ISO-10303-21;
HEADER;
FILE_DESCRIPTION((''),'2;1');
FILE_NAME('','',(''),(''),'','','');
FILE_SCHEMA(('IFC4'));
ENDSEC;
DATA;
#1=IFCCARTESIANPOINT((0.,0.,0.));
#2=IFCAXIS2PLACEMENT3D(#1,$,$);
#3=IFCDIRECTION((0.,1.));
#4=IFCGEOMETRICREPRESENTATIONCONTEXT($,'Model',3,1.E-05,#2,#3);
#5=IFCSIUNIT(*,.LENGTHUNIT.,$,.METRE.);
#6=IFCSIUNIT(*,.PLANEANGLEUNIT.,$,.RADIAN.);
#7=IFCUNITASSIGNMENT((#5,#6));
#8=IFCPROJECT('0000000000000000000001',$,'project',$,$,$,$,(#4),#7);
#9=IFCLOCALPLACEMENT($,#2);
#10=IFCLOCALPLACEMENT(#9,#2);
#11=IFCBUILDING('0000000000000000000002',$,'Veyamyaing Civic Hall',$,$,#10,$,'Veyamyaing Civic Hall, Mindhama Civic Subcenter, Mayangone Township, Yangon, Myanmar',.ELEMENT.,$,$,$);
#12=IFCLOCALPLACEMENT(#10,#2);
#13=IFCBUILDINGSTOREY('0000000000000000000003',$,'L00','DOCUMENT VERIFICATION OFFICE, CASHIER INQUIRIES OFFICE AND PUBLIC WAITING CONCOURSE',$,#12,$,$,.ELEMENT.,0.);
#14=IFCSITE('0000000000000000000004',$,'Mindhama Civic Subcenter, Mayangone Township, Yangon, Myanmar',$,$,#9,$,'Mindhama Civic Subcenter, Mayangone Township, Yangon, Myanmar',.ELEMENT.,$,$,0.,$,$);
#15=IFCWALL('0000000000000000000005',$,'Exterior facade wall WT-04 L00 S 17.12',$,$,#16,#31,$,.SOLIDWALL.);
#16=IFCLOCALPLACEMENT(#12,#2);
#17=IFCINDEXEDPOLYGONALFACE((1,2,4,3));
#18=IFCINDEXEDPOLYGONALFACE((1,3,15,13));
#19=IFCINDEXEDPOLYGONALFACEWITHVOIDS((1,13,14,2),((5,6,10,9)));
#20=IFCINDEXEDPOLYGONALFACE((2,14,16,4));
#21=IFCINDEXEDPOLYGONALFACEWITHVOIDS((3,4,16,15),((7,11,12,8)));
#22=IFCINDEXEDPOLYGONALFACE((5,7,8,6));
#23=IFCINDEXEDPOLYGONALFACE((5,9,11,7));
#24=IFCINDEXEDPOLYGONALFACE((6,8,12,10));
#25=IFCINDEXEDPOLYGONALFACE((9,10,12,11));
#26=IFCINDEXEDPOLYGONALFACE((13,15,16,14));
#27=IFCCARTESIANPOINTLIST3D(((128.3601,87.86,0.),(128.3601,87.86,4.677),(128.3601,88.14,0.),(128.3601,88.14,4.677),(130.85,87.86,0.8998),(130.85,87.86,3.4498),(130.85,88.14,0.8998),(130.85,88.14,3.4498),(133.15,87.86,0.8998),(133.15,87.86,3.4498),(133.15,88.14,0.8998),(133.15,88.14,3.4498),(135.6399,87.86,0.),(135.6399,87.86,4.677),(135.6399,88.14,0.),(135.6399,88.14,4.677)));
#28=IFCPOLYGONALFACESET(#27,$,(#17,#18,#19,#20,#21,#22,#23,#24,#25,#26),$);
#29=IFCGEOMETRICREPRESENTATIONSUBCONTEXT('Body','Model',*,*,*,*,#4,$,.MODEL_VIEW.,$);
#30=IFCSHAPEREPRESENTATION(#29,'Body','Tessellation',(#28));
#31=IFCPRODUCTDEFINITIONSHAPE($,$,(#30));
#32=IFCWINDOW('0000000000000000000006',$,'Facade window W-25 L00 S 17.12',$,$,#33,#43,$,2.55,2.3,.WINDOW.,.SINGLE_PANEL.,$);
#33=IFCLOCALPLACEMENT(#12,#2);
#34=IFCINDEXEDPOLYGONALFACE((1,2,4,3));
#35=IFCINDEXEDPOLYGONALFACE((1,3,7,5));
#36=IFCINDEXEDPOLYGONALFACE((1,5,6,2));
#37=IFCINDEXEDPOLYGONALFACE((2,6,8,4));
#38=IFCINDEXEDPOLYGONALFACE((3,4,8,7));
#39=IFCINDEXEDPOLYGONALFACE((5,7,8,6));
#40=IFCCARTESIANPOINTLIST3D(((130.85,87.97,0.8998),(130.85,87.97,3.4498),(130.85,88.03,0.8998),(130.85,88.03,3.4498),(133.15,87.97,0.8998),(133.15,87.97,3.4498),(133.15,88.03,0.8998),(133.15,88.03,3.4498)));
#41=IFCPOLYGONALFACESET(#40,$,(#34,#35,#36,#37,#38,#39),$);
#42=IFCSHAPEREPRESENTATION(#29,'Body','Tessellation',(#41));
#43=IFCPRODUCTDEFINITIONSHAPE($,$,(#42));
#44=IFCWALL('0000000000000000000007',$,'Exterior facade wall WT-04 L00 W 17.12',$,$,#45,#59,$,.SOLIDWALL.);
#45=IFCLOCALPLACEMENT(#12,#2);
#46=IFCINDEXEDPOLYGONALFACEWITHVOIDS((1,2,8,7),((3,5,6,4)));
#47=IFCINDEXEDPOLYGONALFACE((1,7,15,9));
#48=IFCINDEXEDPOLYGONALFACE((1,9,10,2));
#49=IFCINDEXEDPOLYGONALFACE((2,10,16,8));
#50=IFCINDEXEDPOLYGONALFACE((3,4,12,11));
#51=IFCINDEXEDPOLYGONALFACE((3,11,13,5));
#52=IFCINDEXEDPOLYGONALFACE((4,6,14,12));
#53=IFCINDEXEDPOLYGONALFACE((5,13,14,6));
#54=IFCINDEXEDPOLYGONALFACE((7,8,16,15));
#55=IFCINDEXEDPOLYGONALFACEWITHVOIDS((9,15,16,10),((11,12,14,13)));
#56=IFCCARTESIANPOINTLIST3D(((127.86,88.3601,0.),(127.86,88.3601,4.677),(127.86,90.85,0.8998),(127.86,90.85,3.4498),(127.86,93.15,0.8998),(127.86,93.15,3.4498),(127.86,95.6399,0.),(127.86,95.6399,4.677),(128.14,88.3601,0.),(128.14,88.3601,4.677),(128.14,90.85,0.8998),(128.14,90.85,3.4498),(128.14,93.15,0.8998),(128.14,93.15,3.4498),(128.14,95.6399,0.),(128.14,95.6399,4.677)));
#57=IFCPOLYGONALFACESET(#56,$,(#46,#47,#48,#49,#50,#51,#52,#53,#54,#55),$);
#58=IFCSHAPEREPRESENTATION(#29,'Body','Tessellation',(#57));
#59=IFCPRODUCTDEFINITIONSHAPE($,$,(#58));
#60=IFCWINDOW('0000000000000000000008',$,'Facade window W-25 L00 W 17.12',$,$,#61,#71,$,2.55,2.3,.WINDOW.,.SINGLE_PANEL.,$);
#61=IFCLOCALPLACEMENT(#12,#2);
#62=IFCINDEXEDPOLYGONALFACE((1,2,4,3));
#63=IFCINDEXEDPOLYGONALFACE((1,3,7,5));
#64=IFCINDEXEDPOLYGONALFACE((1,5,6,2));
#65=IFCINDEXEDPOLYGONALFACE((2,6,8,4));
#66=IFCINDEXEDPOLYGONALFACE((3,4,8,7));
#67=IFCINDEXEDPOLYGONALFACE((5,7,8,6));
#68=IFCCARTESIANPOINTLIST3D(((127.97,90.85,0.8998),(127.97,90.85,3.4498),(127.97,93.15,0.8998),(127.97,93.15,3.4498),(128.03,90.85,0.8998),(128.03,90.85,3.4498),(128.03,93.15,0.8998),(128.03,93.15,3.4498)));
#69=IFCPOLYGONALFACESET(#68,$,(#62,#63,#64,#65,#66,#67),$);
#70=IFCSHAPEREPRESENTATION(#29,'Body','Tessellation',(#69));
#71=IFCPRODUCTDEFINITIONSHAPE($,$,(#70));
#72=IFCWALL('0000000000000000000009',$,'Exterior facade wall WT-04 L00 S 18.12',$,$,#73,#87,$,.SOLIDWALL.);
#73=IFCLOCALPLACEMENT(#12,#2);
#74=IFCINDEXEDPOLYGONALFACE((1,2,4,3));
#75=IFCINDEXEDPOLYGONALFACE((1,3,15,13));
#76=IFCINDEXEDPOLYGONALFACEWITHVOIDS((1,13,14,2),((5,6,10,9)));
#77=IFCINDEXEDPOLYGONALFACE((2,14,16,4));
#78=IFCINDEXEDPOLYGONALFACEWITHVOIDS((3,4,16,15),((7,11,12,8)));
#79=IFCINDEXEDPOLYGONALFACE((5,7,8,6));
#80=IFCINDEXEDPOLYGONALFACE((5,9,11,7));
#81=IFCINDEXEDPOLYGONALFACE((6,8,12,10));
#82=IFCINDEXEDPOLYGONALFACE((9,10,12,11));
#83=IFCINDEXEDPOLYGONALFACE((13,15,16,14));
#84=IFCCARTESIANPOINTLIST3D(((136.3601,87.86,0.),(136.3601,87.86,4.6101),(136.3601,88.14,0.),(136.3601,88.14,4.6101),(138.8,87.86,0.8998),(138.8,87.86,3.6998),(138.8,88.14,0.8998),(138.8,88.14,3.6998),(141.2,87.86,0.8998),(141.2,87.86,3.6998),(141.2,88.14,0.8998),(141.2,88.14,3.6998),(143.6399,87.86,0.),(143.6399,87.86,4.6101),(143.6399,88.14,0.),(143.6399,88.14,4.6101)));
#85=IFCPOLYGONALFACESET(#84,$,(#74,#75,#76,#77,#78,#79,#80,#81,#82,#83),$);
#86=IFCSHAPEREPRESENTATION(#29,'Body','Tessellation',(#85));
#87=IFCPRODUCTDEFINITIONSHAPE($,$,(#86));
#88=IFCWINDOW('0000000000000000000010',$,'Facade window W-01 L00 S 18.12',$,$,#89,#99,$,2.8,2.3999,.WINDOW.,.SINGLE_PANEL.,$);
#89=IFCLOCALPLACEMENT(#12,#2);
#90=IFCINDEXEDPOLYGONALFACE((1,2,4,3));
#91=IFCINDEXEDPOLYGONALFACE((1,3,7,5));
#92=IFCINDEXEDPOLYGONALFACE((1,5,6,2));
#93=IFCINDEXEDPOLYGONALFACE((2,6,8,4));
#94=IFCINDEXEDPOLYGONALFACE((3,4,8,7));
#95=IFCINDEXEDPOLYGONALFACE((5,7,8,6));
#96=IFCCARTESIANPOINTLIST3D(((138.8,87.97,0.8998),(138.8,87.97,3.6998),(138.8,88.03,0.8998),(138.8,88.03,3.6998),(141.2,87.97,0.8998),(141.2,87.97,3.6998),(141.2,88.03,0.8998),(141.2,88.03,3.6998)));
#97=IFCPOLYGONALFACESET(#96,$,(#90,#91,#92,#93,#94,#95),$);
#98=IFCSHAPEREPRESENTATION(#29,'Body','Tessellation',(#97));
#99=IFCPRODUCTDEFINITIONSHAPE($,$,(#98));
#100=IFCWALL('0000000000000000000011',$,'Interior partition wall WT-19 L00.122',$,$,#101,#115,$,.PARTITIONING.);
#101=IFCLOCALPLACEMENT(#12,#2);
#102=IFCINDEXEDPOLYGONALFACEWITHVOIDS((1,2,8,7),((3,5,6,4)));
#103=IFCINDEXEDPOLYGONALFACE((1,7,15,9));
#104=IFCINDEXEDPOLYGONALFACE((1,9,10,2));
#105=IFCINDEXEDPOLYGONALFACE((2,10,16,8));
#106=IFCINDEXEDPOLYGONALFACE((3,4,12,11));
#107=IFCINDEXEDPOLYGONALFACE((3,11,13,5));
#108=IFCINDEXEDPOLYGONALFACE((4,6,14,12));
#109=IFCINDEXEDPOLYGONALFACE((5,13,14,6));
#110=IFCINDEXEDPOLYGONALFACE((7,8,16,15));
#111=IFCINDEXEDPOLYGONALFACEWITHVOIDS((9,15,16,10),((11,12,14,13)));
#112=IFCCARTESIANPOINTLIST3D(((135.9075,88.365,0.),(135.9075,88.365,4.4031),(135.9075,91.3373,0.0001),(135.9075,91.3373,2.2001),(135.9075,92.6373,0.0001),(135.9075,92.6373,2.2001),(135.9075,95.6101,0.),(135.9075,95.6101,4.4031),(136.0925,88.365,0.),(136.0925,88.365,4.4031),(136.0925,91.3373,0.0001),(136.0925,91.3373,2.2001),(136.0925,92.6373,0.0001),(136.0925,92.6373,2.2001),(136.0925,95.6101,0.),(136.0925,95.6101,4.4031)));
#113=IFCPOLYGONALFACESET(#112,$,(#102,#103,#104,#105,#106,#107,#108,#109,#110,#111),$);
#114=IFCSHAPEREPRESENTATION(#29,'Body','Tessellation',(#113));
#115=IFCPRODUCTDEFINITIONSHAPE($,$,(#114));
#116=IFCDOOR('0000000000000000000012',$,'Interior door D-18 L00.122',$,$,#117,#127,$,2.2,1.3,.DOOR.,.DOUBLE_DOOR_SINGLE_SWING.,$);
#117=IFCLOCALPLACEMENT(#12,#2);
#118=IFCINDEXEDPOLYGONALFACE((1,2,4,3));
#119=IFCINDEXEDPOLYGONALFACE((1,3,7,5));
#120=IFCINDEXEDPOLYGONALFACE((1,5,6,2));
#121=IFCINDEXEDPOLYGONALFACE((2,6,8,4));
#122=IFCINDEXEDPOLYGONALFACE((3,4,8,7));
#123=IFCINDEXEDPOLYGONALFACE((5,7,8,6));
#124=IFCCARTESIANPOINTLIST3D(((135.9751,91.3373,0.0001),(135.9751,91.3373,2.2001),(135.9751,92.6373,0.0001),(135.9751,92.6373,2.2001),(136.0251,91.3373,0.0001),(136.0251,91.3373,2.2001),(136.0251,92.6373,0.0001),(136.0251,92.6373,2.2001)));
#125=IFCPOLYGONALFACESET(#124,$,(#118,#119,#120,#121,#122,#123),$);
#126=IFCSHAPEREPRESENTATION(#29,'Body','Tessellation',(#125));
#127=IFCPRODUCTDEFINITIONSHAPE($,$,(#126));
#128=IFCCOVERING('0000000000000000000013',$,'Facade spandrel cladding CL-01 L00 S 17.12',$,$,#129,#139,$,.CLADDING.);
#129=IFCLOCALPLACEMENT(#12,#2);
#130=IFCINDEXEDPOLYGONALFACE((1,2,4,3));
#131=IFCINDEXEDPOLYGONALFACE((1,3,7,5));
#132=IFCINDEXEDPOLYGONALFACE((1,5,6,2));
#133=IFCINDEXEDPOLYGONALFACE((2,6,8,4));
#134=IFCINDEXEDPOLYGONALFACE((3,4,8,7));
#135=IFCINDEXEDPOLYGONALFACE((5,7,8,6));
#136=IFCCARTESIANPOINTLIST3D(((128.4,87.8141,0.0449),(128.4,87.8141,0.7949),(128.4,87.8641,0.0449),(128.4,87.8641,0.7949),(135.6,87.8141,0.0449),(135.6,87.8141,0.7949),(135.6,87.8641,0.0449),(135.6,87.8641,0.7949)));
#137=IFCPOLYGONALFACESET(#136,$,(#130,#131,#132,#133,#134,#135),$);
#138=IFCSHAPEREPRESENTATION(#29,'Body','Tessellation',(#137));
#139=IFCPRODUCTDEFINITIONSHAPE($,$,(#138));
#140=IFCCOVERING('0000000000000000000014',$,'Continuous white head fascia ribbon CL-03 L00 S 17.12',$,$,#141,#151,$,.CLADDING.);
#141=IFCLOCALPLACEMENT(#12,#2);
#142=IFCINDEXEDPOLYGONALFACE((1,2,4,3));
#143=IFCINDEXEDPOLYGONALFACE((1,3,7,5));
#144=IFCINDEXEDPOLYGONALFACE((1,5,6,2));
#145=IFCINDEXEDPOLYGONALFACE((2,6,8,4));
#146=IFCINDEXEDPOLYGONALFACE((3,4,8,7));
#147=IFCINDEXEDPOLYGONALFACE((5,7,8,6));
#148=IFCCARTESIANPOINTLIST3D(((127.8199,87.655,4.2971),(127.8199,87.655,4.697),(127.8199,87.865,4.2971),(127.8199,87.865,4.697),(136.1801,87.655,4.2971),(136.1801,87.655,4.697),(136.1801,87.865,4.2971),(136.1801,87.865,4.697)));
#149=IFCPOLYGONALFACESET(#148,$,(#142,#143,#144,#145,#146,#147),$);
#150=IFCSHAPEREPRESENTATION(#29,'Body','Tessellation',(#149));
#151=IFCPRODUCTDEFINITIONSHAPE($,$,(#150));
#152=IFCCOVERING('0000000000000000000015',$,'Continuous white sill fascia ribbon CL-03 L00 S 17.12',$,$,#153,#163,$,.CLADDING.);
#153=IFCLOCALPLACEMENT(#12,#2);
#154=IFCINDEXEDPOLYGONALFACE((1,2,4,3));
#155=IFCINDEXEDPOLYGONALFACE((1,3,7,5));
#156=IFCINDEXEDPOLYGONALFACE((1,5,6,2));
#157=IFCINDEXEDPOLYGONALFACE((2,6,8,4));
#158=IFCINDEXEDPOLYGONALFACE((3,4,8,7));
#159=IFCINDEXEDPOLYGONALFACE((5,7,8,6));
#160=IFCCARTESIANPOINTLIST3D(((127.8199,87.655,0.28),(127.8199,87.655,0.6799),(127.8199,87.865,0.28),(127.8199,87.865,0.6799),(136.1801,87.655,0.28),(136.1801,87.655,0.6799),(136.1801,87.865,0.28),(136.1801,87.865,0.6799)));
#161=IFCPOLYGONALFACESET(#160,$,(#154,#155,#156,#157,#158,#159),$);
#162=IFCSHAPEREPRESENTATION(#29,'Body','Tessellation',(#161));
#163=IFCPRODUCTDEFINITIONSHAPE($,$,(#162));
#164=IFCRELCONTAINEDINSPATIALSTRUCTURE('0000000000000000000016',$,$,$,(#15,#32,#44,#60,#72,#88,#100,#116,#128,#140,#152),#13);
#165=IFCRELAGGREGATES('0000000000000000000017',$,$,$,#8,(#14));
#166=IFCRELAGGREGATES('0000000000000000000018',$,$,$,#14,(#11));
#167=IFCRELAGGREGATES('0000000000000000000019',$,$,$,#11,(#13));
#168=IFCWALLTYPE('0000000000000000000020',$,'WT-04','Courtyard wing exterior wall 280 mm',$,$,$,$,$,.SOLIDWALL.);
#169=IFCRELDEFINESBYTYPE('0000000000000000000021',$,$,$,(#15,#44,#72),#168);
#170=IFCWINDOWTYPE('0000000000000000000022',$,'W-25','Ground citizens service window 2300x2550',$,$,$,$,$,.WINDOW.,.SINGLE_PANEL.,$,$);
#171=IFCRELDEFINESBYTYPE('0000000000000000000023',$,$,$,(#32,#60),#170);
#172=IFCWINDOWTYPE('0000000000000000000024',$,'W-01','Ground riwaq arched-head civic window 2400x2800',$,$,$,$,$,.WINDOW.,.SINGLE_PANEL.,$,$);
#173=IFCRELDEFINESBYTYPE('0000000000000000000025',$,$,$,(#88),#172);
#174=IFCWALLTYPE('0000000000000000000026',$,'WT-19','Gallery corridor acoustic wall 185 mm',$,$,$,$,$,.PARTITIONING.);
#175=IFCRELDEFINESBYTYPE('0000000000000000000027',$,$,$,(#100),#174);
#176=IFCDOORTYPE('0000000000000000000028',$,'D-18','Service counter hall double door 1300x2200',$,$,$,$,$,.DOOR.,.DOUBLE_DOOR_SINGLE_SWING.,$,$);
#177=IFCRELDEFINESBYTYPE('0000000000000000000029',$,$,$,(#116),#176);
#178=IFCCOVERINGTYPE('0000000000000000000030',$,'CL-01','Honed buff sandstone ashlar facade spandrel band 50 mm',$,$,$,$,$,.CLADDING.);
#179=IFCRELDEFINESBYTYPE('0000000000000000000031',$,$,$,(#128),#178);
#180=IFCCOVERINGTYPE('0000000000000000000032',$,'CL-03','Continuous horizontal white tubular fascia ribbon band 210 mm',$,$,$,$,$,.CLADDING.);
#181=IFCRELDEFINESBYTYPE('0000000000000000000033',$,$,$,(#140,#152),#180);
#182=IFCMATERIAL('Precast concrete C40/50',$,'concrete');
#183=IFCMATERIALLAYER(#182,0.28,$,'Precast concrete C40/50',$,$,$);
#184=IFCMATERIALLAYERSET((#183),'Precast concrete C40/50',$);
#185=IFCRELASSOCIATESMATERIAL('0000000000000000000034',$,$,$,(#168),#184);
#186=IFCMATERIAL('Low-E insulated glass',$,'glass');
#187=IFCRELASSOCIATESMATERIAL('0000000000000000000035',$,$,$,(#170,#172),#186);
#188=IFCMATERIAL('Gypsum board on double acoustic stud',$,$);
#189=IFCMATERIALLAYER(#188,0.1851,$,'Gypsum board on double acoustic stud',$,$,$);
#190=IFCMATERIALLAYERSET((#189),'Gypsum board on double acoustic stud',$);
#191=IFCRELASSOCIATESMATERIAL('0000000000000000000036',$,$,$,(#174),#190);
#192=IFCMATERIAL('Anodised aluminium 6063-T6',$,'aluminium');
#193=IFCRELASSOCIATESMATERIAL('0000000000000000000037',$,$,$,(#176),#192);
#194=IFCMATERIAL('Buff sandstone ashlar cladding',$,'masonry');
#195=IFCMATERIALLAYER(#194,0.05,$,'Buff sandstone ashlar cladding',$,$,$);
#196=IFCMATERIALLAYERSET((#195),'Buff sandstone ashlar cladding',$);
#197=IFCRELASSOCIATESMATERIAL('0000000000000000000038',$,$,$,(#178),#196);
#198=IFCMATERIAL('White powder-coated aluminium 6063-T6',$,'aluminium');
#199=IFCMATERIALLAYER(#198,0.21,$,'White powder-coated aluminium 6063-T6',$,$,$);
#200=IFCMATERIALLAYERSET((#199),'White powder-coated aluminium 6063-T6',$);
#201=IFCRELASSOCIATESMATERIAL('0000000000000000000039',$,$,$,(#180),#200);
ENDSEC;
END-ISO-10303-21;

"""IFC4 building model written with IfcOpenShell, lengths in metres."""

from ifc_helpers import new_model, si_unit, direction, frame, frame_2d, origin, origin_2d, place, context, subcontext, project, spatial, rectangle, extrude, material, layer, layer_set, type_object, element, fill, save


model = new_model("IFC4")

# Units and contexts
model_context = context("Model", 3, precision=1e-05, world=origin(), true_north=direction((0.0, 1.0)))
body_context = subcontext(model_context, "Body", "Model", "MODEL_VIEW")
ifc_project = project(units=[si_unit("LENGTHUNIT", "METRE"), si_unit("PLANEANGLEUNIT", "RADIAN")], contexts=[model_context])

# Site, building, storey
site_placement = place(None, origin())
site = spatial("IfcSite", under=ifc_project, at=site_placement, Name="Mindhama Civic Subcenter, Mayangone Township, Yangon, Myanmar", LongName="Mindhama Civic Subcenter, Mayangone Township, Yangon, Myanmar", CompositionType="ELEMENT", RefElevation=0.0)
building_placement = place(site_placement, origin())
building = spatial("IfcBuilding", under=site, at=building_placement, Name="Veyamyaing Civic Hall", LongName="Veyamyaing Civic Hall, Mindhama Civic Subcenter, Mayangone Township, Yangon, Myanmar", CompositionType="ELEMENT")
storey_placement = place(building_placement, origin())
storey = spatial("IfcBuildingStorey", under=building, at=storey_placement, Name="L00", Description="DOCUMENT VERIFICATION OFFICE, CASHIER INQUIRIES OFFICE AND PUBLIC WAITING CONCOURSE", CompositionType="ELEMENT", Elevation=0.0)

# Walls, openings, windows
ifc_material_1 = material(Name="Precast concrete C40/50", Category="concrete")
ifc_layer_1 = layer(ifc_material_1, 0.28, Name="Precast concrete C40/50")
ifc_layer_set_1 = layer_set([ifc_layer_1], Name="Precast concrete C40/50")
wall_type_1 = type_object("IfcWallType", Name="WT-04", Description="Courtyard wing exterior wall 280 mm", PredefinedType="SOLIDWALL", material=ifc_layer_set_1)
wall_1_placement = place(storey_placement, frame((128.3601, 88.0, 0.0), z_axis=(0.0, 0.0, 1.0), x_axis=(1.0, 0.0, 0.0)))
wall_1 = element("IfcWall", 1, at=wall_1_placement, inside=storey, type_object=wall_type_1, Name="Exterior facade wall WT-04 L00 S 17.12", PredefinedType="SOLIDWALL", context=body_context, shape_type="SweptSolid", body=[
    extrude(rectangle(XDim=7.2798, YDim=0.28, at=frame_2d((3.6399, 0.0))), origin(), (0.0, 0.0, 1.0), 4.677),
])
opening_1_placement = place(wall_1_placement, frame((2.49, 0.0, 0.8999)))
opening_1 = element("IfcOpeningElement", 2, at=opening_1_placement, cuts=wall_1, PredefinedType="OPENING", context=body_context, shape_type="SweptSolid", body=[
    extrude(rectangle(XDim=2.3, YDim=2.55, at=frame_2d((1.1499, 1.2749))), frame((0.0, 0.1499, 0.0), z_axis=(0.0, -1.0, 0.0), x_axis=(1.0, 0.0, 0.0)), (0.0, 0.0, 1.0), 0.3),
])
ifc_material_2 = material(Name="Low-E insulated glass", Category="glass")
window_type_1 = type_object("IfcWindowType", Name="W-25", Description="Ground citizens service window 2300x2550", PartitioningType="SINGLE_PANEL", PredefinedType="WINDOW", material=ifc_material_2)
window_1_placement = place(opening_1_placement, origin())
window_1 = element("IfcWindow", 3, at=window_1_placement, inside=storey, type_object=window_type_1, Name="Facade window W-25 L00 S 17.12", OverallHeight=2.55, OverallWidth=2.3, PartitioningType="SINGLE_PANEL", PredefinedType="WINDOW", context=body_context, shape_type="SweptSolid", body=[
    extrude(rectangle(XDim=2.3, YDim=2.55, at=frame_2d((1.1499, 1.2749))), frame((0.0, 0.03, 0.0), z_axis=(0.0, -1.0, 0.0), x_axis=(1.0, 0.0, 0.0)), (0.0, 0.0, 1.0), 0.0601),
])
fill(opening_1, window_1)
wall_2_placement = place(storey_placement, frame((128.0, 88.3601, 0.0), z_axis=(0.0, 0.0, 1.0), x_axis=(0.0, 1.0, 0.0)))
wall_2 = element("IfcWall", 4, at=wall_2_placement, inside=storey, type_object=wall_type_1, Name="Exterior facade wall WT-04 L00 W 17.12", PredefinedType="SOLIDWALL", context=body_context, shape_type="SweptSolid", body=[
    extrude(rectangle(XDim=7.2798, YDim=0.28, at=frame_2d((3.6399, 0.0))), origin(), (0.0, 0.0, 1.0), 4.677),
])
opening_2_placement = place(wall_2_placement, frame((2.49, 0.0, 0.8999)))
opening_2 = element("IfcOpeningElement", 5, at=opening_2_placement, cuts=wall_2, PredefinedType="OPENING", context=body_context, shape_type="SweptSolid", body=[
    extrude(rectangle(XDim=2.3, YDim=2.55, at=frame_2d((1.1499, 1.2749))), frame((0.0, 0.1499, 0.0), z_axis=(0.0, -1.0, 0.0), x_axis=(1.0, 0.0, 0.0)), (0.0, 0.0, 1.0), 0.3),
])
window_2_placement = place(opening_2_placement, origin())
window_2 = element("IfcWindow", 6, at=window_2_placement, inside=storey, type_object=window_type_1, Name="Facade window W-25 L00 W 17.12", OverallHeight=2.55, OverallWidth=2.3, PartitioningType="SINGLE_PANEL", PredefinedType="WINDOW", context=body_context, shape_type="SweptSolid", body=[
    extrude(rectangle(XDim=2.3, YDim=2.55, at=frame_2d((1.1499, 1.2749))), frame((0.0, 0.03, 0.0), z_axis=(0.0, -1.0, 0.0), x_axis=(1.0, 0.0, 0.0)), (0.0, 0.0, 1.0), 0.0601),
])
fill(opening_2, window_2)
wall_3_placement = place(storey_placement, frame((136.3601, 88.0, 0.0), z_axis=(0.0, 0.0, 1.0), x_axis=(1.0, 0.0, 0.0)))
wall_3 = element("IfcWall", 7, at=wall_3_placement, inside=storey, type_object=wall_type_1, Name="Exterior facade wall WT-04 L00 S 18.12", PredefinedType="SOLIDWALL", context=body_context, shape_type="SweptSolid", body=[
    extrude(rectangle(XDim=7.2798, YDim=0.28, at=frame_2d((3.6399, 0.0))), origin(), (0.0, 0.0, 1.0), 4.6101),
])
opening_3_placement = place(wall_3_placement, frame((2.4399, 0.0, 0.8999)))
opening_3 = element("IfcOpeningElement", 8, at=opening_3_placement, cuts=wall_3, PredefinedType="OPENING", context=body_context, shape_type="SweptSolid", body=[
    extrude(rectangle(XDim=2.3999, YDim=2.8, at=frame_2d((1.2, 1.3999))), frame((0.0, 0.1499, 0.0), z_axis=(0.0, -1.0, 0.0), x_axis=(1.0, 0.0, 0.0)), (0.0, 0.0, 1.0), 0.3),
])
window_type_2 = type_object("IfcWindowType", Name="W-01", Description="Ground riwaq arched-head civic window 2400x2800", PartitioningType="SINGLE_PANEL", PredefinedType="WINDOW", material=ifc_material_2)
window_3_placement = place(opening_3_placement, origin())
window_3 = element("IfcWindow", 9, at=window_3_placement, inside=storey, type_object=window_type_2, Name="Facade window W-01 L00 S 18.12", OverallHeight=2.8, OverallWidth=2.3999, PartitioningType="SINGLE_PANEL", PredefinedType="WINDOW", context=body_context, shape_type="SweptSolid", body=[
    extrude(rectangle(XDim=2.3999, YDim=2.8, at=frame_2d((1.2, 1.3999))), frame((0.0, 0.03, 0.0), z_axis=(0.0, -1.0, 0.0), x_axis=(1.0, 0.0, 0.0)), (0.0, 0.0, 1.0), 0.0601),
])
fill(opening_3, window_3)

# Wall, opening, door
ifc_material_3 = material(Name="Gypsum board on double acoustic stud")
ifc_layer_2 = layer(ifc_material_3, 0.1851, Name="Gypsum board on double acoustic stud")
ifc_layer_set_2 = layer_set([ifc_layer_2], Name="Gypsum board on double acoustic stud")
wall_type_2 = type_object("IfcWallType", Name="WT-19", Description="Gallery corridor acoustic wall 185 mm", PredefinedType="PARTITIONING", material=ifc_layer_set_2)
wall_4_placement = place(storey_placement, frame((136.0, 88.365, 0.0), z_axis=(0.0, 0.0, 1.0), x_axis=(0.0, 1.0, 0.0)))
wall_4 = element("IfcWall", 10, at=wall_4_placement, inside=storey, type_object=wall_type_2, Name="Interior partition wall WT-19 L00.122", PredefinedType="PARTITIONING", context=body_context, shape_type="SweptSolid", body=[
    extrude(rectangle(XDim=7.2451, YDim=0.1851, at=frame_2d((3.6226, 0.0))), origin(), (0.0, 0.0, 1.0), 4.4031),
])
opening_4_placement = place(wall_4_placement, frame((2.9724, 0.0, 0.0)))
opening_4 = element("IfcOpeningElement", 11, at=opening_4_placement, cuts=wall_4, PredefinedType="OPENING", context=body_context, shape_type="SweptSolid", body=[
    extrude(rectangle(XDim=1.3, YDim=2.2, at=frame_2d((0.6499, 1.1001))), frame((0.0, 0.1025, 0.0), z_axis=(0.0, -1.0, 0.0), x_axis=(1.0, 0.0, 0.0)), (0.0, 0.0, 1.0), 0.2051),
])
ifc_material_4 = material(Name="Anodised aluminium 6063-T6", Category="aluminium")
door_type = type_object("IfcDoorType", Name="D-18", Description="Service counter hall double door 1300x2200", OperationType="DOUBLE_DOOR_SINGLE_SWING", PredefinedType="DOOR", material=ifc_material_4)
door_placement = place(opening_4_placement, origin())
door = element("IfcDoor", 12, at=door_placement, inside=storey, type_object=door_type, Name="Interior door D-18 L00.122", OperationType="DOUBLE_DOOR_SINGLE_SWING", OverallHeight=2.2, OverallWidth=1.3, PredefinedType="DOOR", context=body_context, shape_type="SweptSolid", body=[
    extrude(rectangle(XDim=1.3, YDim=2.2, at=frame_2d((0.6499, 1.1001))), frame((0.0, 0.0249, 0.0), z_axis=(0.0, -1.0, 0.0), x_axis=(1.0, 0.0, 0.0)), (0.0, 0.0, 1.0), 0.05),
])
fill(opening_4, door)

# Coverings
ifc_material_5 = material(Name="Buff sandstone ashlar cladding", Category="masonry")
ifc_layer_3 = layer(ifc_material_5, 0.05, Name="Buff sandstone ashlar cladding")
ifc_layer_set_3 = layer_set([ifc_layer_3], Name="Buff sandstone ashlar cladding")
covering_type_1 = type_object("IfcCoveringType", Name="CL-01", Description="Honed buff sandstone ashlar facade spandrel band 50 mm", PredefinedType="CLADDING", material=ifc_layer_set_3)
covering_placement = place(storey_placement, frame((132.0, 87.8391, 0.0449), z_axis=(0.0, 0.0, 1.0), x_axis=(1.0, 0.0, 0.0)))
element("IfcCovering", 13, at=covering_placement, inside=storey, type_object=covering_type_1, Name="Facade spandrel cladding CL-01 L00 S 17.12", PredefinedType="CLADDING", context=body_context, shape_type="SweptSolid", body=[
    extrude(rectangle(XDim=7.2, YDim=0.05, at=origin_2d()), origin(), (0.0, 0.0, 1.0), 0.75),
])
ifc_material_6 = material(Name="White powder-coated aluminium 6063-T6", Category="aluminium")
ifc_layer_4 = layer(ifc_material_6, 0.21, Name="White powder-coated aluminium 6063-T6")
ifc_layer_set_4 = layer_set([ifc_layer_4], Name="White powder-coated aluminium 6063-T6")
covering_type_2 = type_object("IfcCoveringType", Name="CL-03", Description="Continuous horizontal white tubular fascia ribbon band 210 mm", PredefinedType="CLADDING", material=ifc_layer_set_4)
for number, where, z_axis, x_axis, name in (
    (14, (132.0, 87.76, 4.2971), (0.0, 0.0, 1.0), (1.0, 0.0, 0.0), "Continuous white head fascia ribbon CL-03 L00 S 17.12"),
    (15, (132.0, 87.76, 0.28), (0.0, 0.0, 1.0), (1.0, 0.0, 0.0), "Continuous white sill fascia ribbon CL-03 L00 S 17.12"),
):
    element("IfcCovering", number, at=place(storey_placement, frame(where, z_axis=z_axis, x_axis=x_axis)), inside=storey, type_object=covering_type_2, Name=name, PredefinedType="CLADDING", context=body_context, shape_type="SweptSolid", body=[
        extrude(rectangle(XDim=8.3601, YDim=0.21, at=origin_2d()), origin(), (0.0, 0.0, 1.0), 0.3999),
    ])

save(model, "model.ifc")
